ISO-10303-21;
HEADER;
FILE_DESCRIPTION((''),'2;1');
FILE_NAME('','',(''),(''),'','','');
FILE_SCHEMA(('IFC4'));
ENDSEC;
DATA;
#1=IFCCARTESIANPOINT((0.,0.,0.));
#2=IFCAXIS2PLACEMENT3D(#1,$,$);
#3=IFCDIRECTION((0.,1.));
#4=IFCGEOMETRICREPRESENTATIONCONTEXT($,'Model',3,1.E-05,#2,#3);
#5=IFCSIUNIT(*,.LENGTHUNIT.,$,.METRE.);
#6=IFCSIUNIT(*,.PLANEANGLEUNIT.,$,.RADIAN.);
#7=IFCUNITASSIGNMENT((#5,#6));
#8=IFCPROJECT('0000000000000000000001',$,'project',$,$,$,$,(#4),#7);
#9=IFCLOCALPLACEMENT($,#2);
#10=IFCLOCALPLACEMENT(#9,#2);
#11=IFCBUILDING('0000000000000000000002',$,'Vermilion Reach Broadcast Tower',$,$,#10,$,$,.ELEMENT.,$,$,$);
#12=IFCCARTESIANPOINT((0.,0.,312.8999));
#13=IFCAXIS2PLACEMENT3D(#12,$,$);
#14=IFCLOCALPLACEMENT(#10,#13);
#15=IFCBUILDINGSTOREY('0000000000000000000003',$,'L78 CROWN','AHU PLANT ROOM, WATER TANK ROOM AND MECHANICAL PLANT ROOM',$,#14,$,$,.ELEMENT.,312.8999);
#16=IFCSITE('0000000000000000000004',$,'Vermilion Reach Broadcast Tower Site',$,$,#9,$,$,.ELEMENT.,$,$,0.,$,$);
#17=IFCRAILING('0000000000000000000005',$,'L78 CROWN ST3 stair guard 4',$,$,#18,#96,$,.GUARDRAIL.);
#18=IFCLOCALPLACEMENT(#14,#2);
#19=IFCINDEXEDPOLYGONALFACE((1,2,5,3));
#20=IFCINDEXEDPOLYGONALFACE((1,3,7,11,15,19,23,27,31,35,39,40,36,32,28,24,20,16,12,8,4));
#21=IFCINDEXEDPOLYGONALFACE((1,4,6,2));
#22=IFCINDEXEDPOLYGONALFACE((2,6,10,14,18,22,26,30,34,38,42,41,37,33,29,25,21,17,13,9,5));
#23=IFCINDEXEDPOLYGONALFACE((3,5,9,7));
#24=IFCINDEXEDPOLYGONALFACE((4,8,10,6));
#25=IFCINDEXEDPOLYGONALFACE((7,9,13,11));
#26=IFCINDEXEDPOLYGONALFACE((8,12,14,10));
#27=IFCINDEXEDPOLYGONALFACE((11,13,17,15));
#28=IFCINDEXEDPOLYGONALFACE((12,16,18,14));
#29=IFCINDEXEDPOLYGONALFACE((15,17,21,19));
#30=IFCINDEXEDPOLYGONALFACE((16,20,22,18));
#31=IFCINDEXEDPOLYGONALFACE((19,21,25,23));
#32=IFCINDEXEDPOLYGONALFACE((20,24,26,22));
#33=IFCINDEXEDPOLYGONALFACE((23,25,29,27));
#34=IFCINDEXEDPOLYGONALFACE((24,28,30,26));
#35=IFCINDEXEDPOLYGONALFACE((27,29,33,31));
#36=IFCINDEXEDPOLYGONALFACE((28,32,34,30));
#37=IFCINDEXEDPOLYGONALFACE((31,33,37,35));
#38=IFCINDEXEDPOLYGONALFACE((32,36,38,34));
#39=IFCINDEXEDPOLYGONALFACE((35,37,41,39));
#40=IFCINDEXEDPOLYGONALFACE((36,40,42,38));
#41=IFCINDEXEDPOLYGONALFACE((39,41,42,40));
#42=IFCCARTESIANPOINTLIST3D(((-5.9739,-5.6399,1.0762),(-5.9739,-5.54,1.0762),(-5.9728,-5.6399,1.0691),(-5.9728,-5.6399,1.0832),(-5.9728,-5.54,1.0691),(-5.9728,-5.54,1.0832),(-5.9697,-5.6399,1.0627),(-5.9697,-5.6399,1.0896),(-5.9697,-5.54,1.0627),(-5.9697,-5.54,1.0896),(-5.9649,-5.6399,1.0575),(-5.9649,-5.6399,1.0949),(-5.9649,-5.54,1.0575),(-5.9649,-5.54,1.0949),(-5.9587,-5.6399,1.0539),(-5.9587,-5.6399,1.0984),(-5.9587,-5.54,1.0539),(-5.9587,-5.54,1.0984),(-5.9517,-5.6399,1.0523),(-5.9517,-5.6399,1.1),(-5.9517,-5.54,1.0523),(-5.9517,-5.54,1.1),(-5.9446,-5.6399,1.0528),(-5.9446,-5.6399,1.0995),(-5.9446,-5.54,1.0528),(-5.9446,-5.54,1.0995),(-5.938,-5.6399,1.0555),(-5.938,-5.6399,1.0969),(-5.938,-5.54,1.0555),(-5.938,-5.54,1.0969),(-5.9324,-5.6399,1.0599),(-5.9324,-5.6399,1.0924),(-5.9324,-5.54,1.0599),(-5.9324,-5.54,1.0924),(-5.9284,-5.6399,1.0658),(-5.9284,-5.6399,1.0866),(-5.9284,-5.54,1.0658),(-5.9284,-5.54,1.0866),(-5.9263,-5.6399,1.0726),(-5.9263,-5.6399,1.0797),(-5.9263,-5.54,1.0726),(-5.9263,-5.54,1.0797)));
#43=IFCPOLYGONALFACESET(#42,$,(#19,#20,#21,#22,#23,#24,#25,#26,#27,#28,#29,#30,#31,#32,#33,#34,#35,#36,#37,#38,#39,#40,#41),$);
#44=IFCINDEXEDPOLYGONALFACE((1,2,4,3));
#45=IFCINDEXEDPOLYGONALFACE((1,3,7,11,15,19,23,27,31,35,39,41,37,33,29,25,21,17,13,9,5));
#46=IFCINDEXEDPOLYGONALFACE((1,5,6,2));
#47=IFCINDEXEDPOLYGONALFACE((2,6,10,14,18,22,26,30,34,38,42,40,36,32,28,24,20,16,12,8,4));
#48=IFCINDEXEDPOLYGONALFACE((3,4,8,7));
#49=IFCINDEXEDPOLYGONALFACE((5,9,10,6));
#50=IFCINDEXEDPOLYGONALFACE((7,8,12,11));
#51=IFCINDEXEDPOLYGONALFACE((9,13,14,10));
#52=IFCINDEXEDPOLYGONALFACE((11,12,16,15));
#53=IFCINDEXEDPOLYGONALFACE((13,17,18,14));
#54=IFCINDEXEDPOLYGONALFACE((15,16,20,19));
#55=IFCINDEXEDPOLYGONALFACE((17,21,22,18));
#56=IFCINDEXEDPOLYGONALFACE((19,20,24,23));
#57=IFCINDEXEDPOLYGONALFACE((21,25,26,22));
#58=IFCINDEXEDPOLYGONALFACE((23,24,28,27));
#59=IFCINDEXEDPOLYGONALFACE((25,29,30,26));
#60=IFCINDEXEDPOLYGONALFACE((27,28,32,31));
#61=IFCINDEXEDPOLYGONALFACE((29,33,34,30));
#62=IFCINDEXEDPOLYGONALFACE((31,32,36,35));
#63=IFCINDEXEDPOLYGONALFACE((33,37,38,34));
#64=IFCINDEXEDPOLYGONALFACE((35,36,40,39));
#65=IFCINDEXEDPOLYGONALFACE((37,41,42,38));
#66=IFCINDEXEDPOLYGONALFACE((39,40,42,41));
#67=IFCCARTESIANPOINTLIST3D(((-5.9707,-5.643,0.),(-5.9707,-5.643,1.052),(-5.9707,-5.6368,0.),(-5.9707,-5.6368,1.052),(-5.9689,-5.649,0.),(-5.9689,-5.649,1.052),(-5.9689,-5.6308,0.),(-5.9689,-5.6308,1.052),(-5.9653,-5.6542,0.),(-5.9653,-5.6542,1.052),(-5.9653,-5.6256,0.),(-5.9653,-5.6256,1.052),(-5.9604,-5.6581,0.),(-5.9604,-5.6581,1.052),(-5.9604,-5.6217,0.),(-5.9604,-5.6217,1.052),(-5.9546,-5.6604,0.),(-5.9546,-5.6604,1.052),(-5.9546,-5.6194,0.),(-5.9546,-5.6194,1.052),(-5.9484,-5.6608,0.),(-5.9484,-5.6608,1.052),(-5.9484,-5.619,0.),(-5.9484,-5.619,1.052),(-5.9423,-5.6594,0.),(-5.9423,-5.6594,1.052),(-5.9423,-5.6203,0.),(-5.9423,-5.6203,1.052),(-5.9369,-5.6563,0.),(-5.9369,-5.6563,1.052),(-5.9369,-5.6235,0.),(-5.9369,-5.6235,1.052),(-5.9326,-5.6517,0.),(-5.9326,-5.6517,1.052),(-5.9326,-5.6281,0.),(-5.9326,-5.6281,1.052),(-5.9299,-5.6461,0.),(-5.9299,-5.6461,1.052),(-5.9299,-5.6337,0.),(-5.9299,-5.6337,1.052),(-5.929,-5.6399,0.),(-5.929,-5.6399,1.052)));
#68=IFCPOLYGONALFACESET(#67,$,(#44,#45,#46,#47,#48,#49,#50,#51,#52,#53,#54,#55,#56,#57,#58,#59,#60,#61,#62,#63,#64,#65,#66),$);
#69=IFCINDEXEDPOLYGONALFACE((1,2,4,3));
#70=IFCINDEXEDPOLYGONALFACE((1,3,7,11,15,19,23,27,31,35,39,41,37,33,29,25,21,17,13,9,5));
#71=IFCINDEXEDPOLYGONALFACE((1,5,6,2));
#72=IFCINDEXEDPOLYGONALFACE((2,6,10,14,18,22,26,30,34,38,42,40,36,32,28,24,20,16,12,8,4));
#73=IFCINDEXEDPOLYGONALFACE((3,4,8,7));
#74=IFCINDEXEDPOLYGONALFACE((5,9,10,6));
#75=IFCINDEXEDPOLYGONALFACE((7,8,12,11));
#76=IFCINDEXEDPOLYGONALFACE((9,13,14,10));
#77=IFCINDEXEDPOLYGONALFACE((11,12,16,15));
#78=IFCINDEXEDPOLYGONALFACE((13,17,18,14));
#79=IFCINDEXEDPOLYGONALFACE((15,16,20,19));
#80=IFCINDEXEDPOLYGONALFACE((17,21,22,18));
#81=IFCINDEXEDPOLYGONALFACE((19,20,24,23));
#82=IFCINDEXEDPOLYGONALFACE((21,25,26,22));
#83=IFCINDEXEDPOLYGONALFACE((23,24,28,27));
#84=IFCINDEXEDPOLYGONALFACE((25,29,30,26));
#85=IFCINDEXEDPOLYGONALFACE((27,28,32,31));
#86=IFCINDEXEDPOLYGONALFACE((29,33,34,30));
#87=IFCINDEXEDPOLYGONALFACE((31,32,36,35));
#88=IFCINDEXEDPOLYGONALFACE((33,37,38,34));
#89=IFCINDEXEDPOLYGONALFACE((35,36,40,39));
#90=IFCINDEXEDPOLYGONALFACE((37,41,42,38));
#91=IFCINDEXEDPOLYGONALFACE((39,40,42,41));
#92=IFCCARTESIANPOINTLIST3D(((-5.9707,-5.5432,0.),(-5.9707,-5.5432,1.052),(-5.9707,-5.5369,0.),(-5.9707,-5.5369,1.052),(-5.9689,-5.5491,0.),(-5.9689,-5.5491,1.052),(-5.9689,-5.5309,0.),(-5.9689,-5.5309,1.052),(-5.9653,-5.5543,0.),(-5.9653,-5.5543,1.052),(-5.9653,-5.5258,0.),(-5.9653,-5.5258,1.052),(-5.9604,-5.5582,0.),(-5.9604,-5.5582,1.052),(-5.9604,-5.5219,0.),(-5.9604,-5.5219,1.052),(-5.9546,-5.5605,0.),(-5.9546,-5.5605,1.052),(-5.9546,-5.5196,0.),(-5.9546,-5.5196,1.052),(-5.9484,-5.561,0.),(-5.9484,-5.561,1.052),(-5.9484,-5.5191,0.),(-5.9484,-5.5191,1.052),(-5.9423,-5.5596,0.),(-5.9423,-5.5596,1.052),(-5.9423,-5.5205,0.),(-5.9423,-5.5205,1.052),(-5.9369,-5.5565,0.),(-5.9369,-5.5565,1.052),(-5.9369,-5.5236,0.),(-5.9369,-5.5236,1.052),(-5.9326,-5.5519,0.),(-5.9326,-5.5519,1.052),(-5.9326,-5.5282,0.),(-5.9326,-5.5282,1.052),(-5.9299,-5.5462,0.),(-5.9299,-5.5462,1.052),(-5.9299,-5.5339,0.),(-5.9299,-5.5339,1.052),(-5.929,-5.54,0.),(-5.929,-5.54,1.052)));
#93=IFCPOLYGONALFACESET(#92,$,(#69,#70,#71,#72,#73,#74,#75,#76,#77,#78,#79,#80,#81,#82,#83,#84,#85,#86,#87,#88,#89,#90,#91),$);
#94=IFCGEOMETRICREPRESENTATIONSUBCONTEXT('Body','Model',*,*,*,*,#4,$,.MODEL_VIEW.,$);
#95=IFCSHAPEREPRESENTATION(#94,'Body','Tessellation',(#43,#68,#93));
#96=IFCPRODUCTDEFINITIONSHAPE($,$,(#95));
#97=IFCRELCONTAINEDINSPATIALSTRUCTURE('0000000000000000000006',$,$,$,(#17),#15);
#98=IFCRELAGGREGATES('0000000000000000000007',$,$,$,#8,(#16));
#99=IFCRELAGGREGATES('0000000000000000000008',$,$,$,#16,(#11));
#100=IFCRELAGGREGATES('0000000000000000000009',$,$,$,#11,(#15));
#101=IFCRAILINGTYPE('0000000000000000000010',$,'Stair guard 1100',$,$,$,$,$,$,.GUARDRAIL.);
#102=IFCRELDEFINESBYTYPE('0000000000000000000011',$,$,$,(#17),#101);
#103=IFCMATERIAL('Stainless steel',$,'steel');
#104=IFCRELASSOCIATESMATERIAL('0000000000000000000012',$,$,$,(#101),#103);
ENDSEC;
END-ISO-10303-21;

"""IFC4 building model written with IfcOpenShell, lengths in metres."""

from ifc_helpers import new_model, si_unit, direction, frame, origin, origin_2d, place, context, subcontext, project, spatial, circle, extrude, material, type_object, element, save


model = new_model("IFC4")

# Units and contexts
model_context = context("Model", 3, precision=1e-05, world=origin(), true_north=direction((0.0, 1.0)))
body_context = subcontext(model_context, "Body", "Model", "MODEL_VIEW")
ifc_project = project(units=[si_unit("LENGTHUNIT", "METRE"), si_unit("PLANEANGLEUNIT", "RADIAN")], contexts=[model_context])

# Site, building, storey
site_placement = place(None, origin())
site = spatial("IfcSite", under=ifc_project, at=site_placement, Name="Vermilion Reach Broadcast Tower Site", CompositionType="ELEMENT", RefElevation=0.0)
building_placement = place(site_placement, origin())
building = spatial("IfcBuilding", under=site, at=building_placement, Name="Vermilion Reach Broadcast Tower", CompositionType="ELEMENT")
storey_placement = place(building_placement, frame((0.0, 0.0, 312.8999)))
storey = spatial("IfcBuildingStorey", under=building, at=storey_placement, Name="L78 CROWN", Description="AHU PLANT ROOM, WATER TANK ROOM AND MECHANICAL PLANT ROOM", CompositionType="ELEMENT", Elevation=312.8999)

# Railing
ifc_material_1 = material(Name="Stainless steel", Category="steel")
railing_type_1 = type_object("IfcRailingType", Name="Stair guard 1100", PredefinedType="GUARDRAIL", material=ifc_material_1)
railing_1_placement = place(storey_placement, frame((-5.95, -5.6399, 0.0)))
element("IfcRailing", 1, at=railing_1_placement, inside=storey, type_object=railing_type_1, Name="L78 CROWN ST3 stair guard 4", PredefinedType="GUARDRAIL", context=body_context, shape_type="SweptSolid", body=[
    extrude(circle(Radius=0.0239, at=origin_2d()), frame((0.0, 0.0, 1.0762), z_axis=(0.0, 1.0, 0.0), x_axis=(-1.0, 0.0, 0.0)), (0.0, 0.0, 1.0), 0.0999),
    extrude(circle(Radius=0.021, at=origin_2d()), origin(), (0.0, 0.0, 1.0), 1.052),
    extrude(circle(Radius=0.021, at=origin_2d()), frame((0.0, 0.0999, 0.0)), (0.0, 0.0, 1.0), 1.052),
])

save(model, "model.ifc")
